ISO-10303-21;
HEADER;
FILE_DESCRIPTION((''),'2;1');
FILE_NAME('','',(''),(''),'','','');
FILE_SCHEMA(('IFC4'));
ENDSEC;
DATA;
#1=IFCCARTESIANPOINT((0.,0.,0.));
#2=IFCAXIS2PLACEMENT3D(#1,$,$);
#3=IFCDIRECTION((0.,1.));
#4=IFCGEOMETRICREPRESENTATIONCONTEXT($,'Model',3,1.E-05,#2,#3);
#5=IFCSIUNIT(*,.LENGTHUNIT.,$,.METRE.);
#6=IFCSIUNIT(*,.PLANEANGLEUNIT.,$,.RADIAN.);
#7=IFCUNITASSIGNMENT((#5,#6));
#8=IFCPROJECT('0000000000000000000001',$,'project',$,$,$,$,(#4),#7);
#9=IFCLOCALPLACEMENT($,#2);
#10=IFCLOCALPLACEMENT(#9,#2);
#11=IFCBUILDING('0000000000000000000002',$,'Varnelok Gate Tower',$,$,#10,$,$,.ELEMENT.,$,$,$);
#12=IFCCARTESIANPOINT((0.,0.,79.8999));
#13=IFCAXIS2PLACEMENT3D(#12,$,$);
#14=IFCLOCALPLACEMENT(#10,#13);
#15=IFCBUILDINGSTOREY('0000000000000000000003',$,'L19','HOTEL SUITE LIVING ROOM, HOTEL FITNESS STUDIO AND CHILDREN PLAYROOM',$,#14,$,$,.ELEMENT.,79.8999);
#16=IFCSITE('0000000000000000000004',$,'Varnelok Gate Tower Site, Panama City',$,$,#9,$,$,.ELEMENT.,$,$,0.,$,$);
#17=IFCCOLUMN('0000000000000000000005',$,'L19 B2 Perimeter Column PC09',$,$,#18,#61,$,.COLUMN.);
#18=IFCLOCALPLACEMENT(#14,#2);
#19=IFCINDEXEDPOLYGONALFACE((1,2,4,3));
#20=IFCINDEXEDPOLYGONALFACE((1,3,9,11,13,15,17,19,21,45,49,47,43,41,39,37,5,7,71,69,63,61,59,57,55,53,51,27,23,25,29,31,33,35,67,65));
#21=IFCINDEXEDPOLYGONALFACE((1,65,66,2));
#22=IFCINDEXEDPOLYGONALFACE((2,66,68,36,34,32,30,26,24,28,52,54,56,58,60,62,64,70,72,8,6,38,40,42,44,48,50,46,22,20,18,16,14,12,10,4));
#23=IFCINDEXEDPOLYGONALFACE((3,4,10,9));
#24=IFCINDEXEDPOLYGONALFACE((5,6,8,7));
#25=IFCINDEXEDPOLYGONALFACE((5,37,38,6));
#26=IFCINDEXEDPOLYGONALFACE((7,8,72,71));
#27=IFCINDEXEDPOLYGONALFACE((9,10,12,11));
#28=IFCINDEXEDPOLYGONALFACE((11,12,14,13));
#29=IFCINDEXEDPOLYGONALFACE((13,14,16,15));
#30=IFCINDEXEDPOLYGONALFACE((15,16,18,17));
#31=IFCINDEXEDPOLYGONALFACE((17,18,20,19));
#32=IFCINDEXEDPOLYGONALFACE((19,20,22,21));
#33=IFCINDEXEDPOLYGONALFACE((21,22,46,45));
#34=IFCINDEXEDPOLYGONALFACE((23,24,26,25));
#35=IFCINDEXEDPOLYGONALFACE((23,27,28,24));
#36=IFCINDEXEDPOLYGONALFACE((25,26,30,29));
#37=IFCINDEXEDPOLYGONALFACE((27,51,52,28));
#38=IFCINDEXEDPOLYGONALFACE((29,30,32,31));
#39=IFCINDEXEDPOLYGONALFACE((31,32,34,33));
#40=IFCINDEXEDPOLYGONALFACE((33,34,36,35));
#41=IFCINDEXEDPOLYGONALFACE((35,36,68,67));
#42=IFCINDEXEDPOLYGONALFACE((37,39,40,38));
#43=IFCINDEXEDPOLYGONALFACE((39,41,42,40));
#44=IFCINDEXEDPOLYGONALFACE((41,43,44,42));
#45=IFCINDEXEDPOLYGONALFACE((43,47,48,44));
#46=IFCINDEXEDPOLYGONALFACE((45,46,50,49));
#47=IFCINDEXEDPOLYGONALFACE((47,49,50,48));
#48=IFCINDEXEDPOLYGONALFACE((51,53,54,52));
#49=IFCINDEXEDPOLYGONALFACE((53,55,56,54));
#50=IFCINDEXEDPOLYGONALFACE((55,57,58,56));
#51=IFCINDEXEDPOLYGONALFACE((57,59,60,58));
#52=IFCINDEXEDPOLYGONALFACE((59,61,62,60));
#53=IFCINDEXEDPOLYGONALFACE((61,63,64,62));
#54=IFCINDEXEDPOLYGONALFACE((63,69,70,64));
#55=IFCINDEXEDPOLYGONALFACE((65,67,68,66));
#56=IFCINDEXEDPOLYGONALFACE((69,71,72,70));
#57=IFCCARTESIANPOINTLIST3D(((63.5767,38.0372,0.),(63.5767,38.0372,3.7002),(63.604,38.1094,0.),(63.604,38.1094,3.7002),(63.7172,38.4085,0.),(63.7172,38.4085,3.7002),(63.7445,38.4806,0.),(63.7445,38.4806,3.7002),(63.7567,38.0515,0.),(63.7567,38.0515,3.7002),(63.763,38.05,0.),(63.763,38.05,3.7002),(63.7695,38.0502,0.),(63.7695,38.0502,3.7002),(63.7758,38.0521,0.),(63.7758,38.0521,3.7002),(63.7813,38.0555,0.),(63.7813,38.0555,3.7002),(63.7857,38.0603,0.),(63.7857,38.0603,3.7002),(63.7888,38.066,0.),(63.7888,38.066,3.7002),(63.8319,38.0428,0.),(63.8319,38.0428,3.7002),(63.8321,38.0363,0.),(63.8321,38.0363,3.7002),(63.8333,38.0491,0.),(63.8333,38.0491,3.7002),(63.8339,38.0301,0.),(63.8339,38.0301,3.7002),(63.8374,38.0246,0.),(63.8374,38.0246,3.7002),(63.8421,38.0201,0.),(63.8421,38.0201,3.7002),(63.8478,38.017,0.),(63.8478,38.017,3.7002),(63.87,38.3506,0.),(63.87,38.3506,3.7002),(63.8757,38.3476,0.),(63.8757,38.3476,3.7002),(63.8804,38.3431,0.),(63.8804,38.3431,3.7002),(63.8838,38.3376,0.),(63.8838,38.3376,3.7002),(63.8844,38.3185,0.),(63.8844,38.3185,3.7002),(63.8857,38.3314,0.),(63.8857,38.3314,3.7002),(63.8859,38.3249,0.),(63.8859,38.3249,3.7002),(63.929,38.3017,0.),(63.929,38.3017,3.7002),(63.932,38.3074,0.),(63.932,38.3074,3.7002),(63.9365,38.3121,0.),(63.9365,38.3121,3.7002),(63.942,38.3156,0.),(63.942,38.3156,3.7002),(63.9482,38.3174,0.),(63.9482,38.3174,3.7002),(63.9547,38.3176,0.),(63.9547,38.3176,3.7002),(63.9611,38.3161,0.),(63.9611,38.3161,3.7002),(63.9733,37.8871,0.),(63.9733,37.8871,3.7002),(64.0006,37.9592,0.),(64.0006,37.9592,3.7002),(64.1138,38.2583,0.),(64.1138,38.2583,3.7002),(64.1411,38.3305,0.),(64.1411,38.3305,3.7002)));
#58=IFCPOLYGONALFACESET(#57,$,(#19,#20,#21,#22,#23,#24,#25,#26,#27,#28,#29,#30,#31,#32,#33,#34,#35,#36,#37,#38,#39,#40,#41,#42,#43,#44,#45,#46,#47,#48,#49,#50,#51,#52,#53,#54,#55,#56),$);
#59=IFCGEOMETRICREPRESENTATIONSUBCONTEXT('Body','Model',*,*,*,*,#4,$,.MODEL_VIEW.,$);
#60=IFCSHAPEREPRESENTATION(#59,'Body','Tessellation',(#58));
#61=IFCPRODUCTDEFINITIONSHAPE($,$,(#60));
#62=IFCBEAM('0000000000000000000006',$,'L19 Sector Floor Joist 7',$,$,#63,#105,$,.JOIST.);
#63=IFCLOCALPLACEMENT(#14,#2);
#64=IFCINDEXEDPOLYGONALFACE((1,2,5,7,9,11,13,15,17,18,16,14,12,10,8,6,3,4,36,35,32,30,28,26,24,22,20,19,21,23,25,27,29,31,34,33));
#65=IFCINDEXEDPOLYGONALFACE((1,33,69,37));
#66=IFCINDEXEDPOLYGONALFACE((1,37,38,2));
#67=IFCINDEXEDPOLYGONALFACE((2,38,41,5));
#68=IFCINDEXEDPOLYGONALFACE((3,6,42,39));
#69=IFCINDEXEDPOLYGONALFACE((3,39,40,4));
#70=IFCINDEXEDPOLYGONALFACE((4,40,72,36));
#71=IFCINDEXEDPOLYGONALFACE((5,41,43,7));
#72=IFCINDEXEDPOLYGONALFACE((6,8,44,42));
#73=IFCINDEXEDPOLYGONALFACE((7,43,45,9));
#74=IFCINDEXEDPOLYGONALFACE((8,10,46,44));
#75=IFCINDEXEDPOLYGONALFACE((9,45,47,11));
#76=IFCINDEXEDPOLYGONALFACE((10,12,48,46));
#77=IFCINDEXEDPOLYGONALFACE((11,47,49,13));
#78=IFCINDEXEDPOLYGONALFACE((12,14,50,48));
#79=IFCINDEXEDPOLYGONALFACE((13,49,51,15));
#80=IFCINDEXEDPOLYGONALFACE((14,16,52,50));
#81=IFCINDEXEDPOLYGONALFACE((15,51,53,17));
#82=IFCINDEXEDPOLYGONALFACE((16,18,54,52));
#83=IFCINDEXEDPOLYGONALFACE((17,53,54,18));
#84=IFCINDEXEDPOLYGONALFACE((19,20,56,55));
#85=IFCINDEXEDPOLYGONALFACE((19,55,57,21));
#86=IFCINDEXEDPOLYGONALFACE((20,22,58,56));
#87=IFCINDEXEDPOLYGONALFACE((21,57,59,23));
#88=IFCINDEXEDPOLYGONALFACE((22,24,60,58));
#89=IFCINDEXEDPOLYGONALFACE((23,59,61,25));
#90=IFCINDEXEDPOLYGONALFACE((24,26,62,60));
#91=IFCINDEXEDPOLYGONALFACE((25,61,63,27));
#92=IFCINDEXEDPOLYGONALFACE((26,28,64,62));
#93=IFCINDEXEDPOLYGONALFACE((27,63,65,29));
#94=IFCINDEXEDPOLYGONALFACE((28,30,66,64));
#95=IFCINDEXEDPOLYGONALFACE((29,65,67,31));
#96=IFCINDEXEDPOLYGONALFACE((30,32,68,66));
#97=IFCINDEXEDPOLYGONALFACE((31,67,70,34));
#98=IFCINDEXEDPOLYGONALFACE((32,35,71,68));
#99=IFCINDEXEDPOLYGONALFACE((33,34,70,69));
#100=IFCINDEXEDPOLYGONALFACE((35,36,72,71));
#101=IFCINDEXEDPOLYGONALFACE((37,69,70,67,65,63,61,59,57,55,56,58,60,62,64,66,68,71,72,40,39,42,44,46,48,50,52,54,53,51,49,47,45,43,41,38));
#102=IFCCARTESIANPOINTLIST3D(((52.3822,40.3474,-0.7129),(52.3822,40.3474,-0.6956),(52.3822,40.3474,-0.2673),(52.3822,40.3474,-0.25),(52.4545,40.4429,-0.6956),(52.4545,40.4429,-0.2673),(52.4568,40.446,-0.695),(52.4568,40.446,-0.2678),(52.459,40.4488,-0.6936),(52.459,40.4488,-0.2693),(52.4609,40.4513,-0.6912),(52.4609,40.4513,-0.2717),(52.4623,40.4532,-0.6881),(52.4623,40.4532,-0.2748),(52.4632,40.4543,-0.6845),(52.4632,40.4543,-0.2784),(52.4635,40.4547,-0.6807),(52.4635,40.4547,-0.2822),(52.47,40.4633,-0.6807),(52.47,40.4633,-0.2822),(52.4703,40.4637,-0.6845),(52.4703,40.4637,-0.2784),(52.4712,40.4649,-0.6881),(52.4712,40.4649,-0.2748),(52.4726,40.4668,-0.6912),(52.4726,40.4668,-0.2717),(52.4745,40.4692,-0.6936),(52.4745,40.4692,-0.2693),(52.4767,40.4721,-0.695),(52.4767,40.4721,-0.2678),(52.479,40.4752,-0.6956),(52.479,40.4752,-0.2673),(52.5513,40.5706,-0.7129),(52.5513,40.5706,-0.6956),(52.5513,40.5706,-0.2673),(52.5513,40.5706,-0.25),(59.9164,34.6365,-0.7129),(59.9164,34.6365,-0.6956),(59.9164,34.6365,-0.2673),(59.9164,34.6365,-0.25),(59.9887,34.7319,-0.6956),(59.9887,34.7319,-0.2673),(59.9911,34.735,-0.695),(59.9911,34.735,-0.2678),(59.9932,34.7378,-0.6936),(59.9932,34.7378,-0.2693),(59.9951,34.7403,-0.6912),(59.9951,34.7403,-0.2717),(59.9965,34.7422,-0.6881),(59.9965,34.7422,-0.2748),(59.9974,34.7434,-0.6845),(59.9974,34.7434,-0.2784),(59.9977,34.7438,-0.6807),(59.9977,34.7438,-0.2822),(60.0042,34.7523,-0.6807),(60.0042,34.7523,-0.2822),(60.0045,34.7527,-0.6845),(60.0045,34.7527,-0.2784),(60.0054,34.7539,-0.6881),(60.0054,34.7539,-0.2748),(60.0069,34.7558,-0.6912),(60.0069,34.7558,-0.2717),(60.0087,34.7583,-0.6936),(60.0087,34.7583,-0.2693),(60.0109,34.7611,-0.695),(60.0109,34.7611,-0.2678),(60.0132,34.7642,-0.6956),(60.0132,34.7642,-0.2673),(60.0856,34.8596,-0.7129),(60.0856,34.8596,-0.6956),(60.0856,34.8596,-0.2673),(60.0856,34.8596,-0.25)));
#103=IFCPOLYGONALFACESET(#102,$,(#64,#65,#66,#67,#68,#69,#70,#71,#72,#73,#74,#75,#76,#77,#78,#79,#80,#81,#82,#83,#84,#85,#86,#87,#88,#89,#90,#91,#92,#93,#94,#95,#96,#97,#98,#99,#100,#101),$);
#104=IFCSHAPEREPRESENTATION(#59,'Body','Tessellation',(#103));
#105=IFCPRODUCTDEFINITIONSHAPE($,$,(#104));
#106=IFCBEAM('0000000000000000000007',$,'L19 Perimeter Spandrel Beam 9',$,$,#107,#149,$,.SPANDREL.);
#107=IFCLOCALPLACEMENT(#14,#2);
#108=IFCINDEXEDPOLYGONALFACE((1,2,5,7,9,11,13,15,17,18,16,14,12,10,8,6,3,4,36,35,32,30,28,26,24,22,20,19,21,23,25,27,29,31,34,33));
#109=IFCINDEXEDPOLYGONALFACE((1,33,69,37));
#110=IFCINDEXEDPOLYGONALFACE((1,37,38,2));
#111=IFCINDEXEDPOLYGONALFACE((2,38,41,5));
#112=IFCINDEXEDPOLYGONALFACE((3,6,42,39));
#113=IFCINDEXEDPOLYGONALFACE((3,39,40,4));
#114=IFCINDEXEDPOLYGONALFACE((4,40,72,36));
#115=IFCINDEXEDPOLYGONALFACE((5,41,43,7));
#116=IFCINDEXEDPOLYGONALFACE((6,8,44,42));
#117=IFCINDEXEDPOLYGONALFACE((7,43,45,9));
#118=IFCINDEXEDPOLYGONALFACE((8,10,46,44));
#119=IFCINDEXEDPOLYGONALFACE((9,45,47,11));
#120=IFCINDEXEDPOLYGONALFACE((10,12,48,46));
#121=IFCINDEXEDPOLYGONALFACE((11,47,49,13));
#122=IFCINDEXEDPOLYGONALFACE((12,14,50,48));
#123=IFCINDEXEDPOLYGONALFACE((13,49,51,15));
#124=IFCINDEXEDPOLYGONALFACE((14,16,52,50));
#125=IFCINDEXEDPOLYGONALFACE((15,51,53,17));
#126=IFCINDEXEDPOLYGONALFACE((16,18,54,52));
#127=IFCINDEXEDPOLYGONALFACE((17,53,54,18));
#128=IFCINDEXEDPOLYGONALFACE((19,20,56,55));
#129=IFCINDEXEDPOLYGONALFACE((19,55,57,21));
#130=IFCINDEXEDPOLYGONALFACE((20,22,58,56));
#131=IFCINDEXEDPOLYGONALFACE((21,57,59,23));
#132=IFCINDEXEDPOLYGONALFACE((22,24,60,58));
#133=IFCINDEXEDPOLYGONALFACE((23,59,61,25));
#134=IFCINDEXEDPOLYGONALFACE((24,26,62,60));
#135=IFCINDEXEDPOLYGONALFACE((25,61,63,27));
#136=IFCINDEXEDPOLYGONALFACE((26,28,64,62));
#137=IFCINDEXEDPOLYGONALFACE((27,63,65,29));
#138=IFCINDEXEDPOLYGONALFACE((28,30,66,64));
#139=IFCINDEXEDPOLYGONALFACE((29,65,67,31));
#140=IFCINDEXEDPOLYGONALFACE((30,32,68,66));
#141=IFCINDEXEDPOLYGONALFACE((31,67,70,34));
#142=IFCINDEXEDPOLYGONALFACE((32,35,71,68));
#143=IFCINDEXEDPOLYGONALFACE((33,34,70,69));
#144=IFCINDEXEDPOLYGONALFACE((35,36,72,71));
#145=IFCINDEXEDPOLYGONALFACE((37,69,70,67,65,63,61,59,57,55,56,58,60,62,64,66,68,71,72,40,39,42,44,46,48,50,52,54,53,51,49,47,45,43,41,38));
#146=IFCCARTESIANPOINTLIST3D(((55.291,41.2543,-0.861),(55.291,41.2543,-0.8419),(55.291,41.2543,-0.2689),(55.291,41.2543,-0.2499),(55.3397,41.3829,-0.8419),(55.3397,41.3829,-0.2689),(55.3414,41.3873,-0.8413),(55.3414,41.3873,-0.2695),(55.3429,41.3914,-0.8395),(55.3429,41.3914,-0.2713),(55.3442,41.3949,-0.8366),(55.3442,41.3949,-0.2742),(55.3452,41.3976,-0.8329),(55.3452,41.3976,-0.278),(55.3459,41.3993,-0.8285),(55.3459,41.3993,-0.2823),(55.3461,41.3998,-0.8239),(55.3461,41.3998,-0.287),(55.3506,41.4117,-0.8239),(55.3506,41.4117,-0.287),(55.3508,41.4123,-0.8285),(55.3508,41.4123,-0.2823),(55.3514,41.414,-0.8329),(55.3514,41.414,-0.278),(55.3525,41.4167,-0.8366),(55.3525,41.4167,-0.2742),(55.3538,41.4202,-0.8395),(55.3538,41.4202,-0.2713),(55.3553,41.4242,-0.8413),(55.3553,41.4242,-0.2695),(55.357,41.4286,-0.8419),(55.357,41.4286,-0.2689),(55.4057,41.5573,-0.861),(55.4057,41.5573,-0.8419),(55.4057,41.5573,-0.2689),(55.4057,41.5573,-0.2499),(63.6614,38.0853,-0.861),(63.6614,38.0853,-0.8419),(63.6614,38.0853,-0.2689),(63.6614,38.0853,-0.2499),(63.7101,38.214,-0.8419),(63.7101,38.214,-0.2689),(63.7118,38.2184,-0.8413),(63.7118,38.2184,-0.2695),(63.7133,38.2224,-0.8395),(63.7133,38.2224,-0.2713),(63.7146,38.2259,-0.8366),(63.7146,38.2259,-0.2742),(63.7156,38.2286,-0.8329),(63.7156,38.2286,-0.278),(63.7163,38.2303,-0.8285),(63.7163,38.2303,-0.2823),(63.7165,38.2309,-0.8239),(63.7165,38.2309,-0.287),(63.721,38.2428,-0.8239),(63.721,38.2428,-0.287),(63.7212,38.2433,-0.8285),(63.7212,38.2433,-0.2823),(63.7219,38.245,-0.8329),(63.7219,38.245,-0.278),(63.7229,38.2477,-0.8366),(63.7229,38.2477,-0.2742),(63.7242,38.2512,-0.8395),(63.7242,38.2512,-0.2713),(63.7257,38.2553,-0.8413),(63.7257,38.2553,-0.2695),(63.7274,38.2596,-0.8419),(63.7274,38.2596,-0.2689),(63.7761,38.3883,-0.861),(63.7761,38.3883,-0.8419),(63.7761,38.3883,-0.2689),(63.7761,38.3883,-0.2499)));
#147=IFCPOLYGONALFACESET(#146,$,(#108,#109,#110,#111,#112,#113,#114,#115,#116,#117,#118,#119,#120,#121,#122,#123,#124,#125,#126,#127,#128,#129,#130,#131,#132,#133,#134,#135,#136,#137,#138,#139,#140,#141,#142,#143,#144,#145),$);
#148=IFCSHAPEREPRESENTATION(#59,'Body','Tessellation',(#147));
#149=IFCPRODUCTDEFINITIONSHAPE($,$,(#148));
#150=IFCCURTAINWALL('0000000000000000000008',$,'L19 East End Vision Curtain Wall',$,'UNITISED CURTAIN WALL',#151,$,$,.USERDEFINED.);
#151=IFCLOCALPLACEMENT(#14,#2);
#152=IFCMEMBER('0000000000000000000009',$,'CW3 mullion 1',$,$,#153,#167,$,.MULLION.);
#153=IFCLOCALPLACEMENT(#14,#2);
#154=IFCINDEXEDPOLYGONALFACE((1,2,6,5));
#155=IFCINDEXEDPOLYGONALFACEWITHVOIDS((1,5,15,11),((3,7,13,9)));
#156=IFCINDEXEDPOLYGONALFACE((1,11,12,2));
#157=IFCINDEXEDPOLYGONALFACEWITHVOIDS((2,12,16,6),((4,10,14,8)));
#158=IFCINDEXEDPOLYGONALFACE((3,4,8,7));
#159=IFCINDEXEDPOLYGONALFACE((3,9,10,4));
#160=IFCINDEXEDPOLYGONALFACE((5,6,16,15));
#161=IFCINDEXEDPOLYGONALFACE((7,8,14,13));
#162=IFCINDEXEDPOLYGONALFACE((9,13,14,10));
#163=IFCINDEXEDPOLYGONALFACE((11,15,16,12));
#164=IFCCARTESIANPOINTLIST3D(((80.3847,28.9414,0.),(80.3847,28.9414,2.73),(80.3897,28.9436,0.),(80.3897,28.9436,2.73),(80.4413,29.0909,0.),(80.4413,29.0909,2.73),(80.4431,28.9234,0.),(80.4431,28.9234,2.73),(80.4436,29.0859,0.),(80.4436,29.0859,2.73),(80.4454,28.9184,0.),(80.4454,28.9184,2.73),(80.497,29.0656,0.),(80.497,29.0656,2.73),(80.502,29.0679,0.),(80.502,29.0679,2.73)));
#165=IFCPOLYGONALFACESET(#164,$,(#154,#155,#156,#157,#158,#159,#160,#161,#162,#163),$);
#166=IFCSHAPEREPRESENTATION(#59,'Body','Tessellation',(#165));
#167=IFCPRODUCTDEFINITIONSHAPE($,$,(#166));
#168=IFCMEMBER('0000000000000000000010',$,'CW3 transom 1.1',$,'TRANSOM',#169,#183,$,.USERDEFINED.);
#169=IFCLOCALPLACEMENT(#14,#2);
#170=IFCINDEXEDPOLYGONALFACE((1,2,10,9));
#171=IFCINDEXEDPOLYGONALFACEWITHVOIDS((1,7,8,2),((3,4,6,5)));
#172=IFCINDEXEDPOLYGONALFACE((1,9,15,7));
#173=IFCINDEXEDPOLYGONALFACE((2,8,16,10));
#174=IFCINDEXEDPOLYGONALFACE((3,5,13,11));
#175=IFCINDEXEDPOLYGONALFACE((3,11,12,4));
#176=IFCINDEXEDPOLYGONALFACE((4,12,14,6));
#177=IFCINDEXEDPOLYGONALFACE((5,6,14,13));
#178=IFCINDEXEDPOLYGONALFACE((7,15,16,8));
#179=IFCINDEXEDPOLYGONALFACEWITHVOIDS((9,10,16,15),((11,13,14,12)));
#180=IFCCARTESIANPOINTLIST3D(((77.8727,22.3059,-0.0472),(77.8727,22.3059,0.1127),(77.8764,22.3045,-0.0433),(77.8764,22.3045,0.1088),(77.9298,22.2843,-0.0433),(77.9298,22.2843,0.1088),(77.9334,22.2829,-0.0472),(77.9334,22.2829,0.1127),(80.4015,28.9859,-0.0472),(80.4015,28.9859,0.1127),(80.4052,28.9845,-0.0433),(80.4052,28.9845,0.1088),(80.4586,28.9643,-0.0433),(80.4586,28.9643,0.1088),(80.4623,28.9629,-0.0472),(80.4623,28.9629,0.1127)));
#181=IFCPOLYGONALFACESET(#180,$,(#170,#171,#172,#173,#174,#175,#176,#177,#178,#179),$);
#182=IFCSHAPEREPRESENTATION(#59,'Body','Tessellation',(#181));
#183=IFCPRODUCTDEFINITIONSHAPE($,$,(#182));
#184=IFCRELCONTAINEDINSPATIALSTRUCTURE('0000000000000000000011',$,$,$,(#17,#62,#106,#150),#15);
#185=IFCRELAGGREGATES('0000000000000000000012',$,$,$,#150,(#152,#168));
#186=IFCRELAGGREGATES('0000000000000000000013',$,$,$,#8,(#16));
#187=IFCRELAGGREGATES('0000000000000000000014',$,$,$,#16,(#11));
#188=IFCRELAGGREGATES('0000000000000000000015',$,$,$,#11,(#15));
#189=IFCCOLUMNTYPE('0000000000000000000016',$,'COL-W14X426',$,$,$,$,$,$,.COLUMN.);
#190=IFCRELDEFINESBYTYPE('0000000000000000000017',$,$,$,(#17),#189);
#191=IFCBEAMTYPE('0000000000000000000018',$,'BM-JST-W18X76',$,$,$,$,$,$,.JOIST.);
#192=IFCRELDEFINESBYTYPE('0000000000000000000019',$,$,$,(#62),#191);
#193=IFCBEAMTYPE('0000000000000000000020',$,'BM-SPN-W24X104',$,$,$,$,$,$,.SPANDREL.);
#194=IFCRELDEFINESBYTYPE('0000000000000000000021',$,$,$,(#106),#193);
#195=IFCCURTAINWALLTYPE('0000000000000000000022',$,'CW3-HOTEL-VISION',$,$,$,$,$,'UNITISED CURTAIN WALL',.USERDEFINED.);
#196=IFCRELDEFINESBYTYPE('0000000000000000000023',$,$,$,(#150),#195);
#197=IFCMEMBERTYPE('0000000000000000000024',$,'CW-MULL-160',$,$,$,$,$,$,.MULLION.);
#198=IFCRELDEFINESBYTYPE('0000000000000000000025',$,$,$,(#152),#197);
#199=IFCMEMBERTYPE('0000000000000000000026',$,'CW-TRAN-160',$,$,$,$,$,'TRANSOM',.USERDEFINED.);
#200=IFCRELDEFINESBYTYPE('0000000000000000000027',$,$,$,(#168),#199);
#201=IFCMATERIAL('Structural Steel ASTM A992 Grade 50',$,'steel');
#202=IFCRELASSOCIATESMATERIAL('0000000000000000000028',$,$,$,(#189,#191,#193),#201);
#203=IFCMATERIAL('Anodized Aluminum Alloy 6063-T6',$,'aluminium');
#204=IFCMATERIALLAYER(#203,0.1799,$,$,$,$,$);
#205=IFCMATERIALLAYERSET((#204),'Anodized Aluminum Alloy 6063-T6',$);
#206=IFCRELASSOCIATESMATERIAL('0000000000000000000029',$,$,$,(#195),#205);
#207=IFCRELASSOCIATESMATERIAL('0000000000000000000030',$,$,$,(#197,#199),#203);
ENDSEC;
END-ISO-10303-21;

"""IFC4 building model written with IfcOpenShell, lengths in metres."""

from ifc_helpers import new_model, si_unit, direction, frame, origin, origin_2d, place, context, subcontext, project, spatial, hollow_rectangle, i_section, extrude, material, layer, layer_set, material_profile, profile_set, type_object, element, aggregate, save


model = new_model("IFC4")

# Units and contexts
model_context = context("Model", 3, precision=1e-05, world=origin(), true_north=direction((0.0, 1.0)))
body_context = subcontext(model_context, "Body", "Model", "MODEL_VIEW")
ifc_project = project(units=[si_unit("LENGTHUNIT", "METRE"), si_unit("PLANEANGLEUNIT", "RADIAN")], contexts=[model_context])

# Site, building, storey
site_placement = place(None, origin())
site = spatial("IfcSite", under=ifc_project, at=site_placement, Name="Varnelok Gate Tower Site, Panama City", CompositionType="ELEMENT", RefElevation=0.0)
building_placement = place(site_placement, origin())
building = spatial("IfcBuilding", under=site, at=building_placement, Name="Varnelok Gate Tower", CompositionType="ELEMENT")
storey_placement = place(building_placement, frame((0.0, 0.0, 79.8999)))
storey = spatial("IfcBuildingStorey", under=building, at=storey_placement, Name="L19", Description="HOTEL SUITE LIVING ROOM, HOTEL FITNESS STUDIO AND CHILDREN PLAYROOM", CompositionType="ELEMENT", Elevation=79.8999)

# Column
ifc_material_1 = material(Name="Structural Steel ASTM A992 Grade 50", Category="steel")
ifc_material_profile_1 = material_profile(ifc_material_1, i_section(OverallWidth=0.4241, OverallDepth=0.4741, WebThickness=0.0476, FlangeThickness=0.0771, FilletRadius=0.0249, at=origin_2d()), Name="W14X426")
ifc_profile_set_1 = profile_set([ifc_material_profile_1], Name="Structural Steel ASTM A992 Grade 50")
column_type = type_object("IfcColumnType", Name="COL-W14X426", PredefinedType="COLUMN", material=ifc_profile_set_1)
column_placement = place(storey_placement, frame((63.8589, 38.1838, 0.0), z_axis=(0.0, 0.0, 1.0), x_axis=(0.935222, -0.354063, 0.0)))
element("IfcColumn", 1, at=column_placement, inside=storey, type_object=column_type, Name="L19 B2 Perimeter Column PC09", PredefinedType="COLUMN", context=body_context, shape_type="SweptSolid", body=[
    extrude(i_section(OverallWidth=0.4241, OverallDepth=0.4741, WebThickness=0.0476, FlangeThickness=0.0771, FilletRadius=0.0249, at=origin_2d()), origin(), (0.0, 0.0, 1.0), 3.7002),
])

# Beams
ifc_material_profile_2 = material_profile(ifc_material_1, i_section(OverallWidth=0.28, OverallDepth=0.4629, WebThickness=0.0107, FlangeThickness=0.0173, FilletRadius=0.0149, at=origin_2d()), Name="W18X76")
ifc_profile_set_2 = profile_set([ifc_material_profile_2], Name="Structural Steel ASTM A992 Grade 50")
beam_type_1 = type_object("IfcBeamType", Name="BM-JST-W18X76", PredefinedType="JOIST", material=ifc_profile_set_2)
beam_1_placement = place(storey_placement, frame((60.001, 34.748, -0.4814), z_axis=(-0.796928, 0.604074, 0.0), x_axis=(-0.604074, -0.796928, 0.0)))
element("IfcBeam", 2, at=beam_1_placement, inside=storey, type_object=beam_type_1, Name="L19 Sector Floor Joist 7", PredefinedType="JOIST", context=body_context, shape_type="SweptSolid", body=[
    extrude(i_section(OverallWidth=0.28, OverallDepth=0.4629, WebThickness=0.0107, FlangeThickness=0.0173, FilletRadius=0.0149, at=origin_2d()), origin(), (0.0, 0.0, 1.0), 9.4541),
])
ifc_material_profile_3 = material_profile(ifc_material_1, i_section(OverallWidth=0.324, OverallDepth=0.6111, WebThickness=0.0127, FlangeThickness=0.019, FilletRadius=0.0181, at=origin_2d()), Name="W24X104")
ifc_profile_set_3 = profile_set([ifc_material_profile_3], Name="Structural Steel ASTM A992 Grade 50")
beam_type_2 = type_object("IfcBeamType", Name="BM-SPN-W24X104", PredefinedType="SPANDREL", material=ifc_profile_set_3)
beam_2_placement = place(storey_placement, frame((63.7188, 38.2368, -0.5554), z_axis=(-0.93522, 0.354066, 0.0), x_axis=(-0.354066, -0.93522, 0.0)))
element("IfcBeam", 3, at=beam_2_placement, inside=storey, type_object=beam_type_2, Name="L19 Perimeter Spandrel Beam 9", PredefinedType="SPANDREL", context=body_context, shape_type="SweptSolid", body=[
    extrude(i_section(OverallWidth=0.324, OverallDepth=0.6111, WebThickness=0.0127, FlangeThickness=0.019, FilletRadius=0.0181, at=origin_2d()), origin(), (0.0, 0.0, 1.0), 8.9502),
])

# Curtain wall, members
ifc_material_2 = material(Name="Anodized Aluminum Alloy 6063-T6", Category="aluminium")
ifc_layer_1 = layer(ifc_material_2, 0.1799)
ifc_layer_set_1 = layer_set([ifc_layer_1], Name="Anodized Aluminum Alloy 6063-T6")
curtain_wall_type = type_object("IfcCurtainWallType", Name="CW3-HOTEL-VISION", ElementType="UNITISED CURTAIN WALL", PredefinedType="USERDEFINED", material=ifc_layer_set_1)
curtain_wall_placement = place(storey_placement, origin())
curtain_wall = element("IfcCurtainWall", 4, at=curtain_wall_placement, inside=storey, type_object=curtain_wall_type, Name="L19 East End Vision Curtain Wall", ObjectType="UNITISED CURTAIN WALL", PredefinedType="USERDEFINED")
ifc_material_profile_4 = material_profile(ifc_material_2, hollow_rectangle(XDim=0.0649, YDim=0.1599, WallThickness=0.0039, at=origin_2d()), Name="ALU160X65X4")
ifc_profile_set_4 = profile_set([ifc_material_profile_4], Name="Anodized Aluminum Alloy 6063-T6")
member_type_1 = type_object("IfcMemberType", Name="CW-MULL-160", PredefinedType="MULLION", material=ifc_profile_set_4)
member_1_placement = place(storey_placement, frame((80.4434, 29.0046, 0.0), z_axis=(0.0, 0.0, 1.0), x_axis=(0.935221, -0.354064, 0.0)))
member_1 = element("IfcMember", 5, at=member_1_placement, type_object=member_type_1, Name="CW3 mullion 1", PredefinedType="MULLION", context=body_context, shape_type="SweptSolid", body=[
    extrude(hollow_rectangle(XDim=0.0649, YDim=0.1599, WallThickness=0.0039, at=origin_2d()), origin(), (0.0, 0.0, 1.0), 2.73),
])
ifc_material_profile_5 = material_profile(ifc_material_2, hollow_rectangle(XDim=0.0649, YDim=0.1599, WallThickness=0.0039, at=origin_2d()), Name="ALU160X65X4")
ifc_profile_set_5 = profile_set([ifc_material_profile_5], Name="Anodized Aluminum Alloy 6063-T6")
member_type_2 = type_object("IfcMemberType", Name="CW-TRAN-160", ElementType="TRANSOM", PredefinedType="USERDEFINED", material=ifc_profile_set_5)
member_2_placement = place(storey_placement, frame((80.4319, 28.9744, 0.0327), z_axis=(-0.354047, -0.935228, 0.0), x_axis=(0.935228, -0.354047, 0.0)))
member_2 = element("IfcMember", 6, at=member_2_placement, type_object=member_type_2, Name="CW3 transom 1.1", ObjectType="TRANSOM", PredefinedType="USERDEFINED", context=body_context, shape_type="SweptSolid", body=[
    extrude(hollow_rectangle(XDim=0.0649, YDim=0.1599, WallThickness=0.0039, at=origin_2d()), origin(), (0.0, 0.0, 1.0), 7.1426),
])
aggregate(curtain_wall, [member_1, member_2])

save(model, "model.ifc")
